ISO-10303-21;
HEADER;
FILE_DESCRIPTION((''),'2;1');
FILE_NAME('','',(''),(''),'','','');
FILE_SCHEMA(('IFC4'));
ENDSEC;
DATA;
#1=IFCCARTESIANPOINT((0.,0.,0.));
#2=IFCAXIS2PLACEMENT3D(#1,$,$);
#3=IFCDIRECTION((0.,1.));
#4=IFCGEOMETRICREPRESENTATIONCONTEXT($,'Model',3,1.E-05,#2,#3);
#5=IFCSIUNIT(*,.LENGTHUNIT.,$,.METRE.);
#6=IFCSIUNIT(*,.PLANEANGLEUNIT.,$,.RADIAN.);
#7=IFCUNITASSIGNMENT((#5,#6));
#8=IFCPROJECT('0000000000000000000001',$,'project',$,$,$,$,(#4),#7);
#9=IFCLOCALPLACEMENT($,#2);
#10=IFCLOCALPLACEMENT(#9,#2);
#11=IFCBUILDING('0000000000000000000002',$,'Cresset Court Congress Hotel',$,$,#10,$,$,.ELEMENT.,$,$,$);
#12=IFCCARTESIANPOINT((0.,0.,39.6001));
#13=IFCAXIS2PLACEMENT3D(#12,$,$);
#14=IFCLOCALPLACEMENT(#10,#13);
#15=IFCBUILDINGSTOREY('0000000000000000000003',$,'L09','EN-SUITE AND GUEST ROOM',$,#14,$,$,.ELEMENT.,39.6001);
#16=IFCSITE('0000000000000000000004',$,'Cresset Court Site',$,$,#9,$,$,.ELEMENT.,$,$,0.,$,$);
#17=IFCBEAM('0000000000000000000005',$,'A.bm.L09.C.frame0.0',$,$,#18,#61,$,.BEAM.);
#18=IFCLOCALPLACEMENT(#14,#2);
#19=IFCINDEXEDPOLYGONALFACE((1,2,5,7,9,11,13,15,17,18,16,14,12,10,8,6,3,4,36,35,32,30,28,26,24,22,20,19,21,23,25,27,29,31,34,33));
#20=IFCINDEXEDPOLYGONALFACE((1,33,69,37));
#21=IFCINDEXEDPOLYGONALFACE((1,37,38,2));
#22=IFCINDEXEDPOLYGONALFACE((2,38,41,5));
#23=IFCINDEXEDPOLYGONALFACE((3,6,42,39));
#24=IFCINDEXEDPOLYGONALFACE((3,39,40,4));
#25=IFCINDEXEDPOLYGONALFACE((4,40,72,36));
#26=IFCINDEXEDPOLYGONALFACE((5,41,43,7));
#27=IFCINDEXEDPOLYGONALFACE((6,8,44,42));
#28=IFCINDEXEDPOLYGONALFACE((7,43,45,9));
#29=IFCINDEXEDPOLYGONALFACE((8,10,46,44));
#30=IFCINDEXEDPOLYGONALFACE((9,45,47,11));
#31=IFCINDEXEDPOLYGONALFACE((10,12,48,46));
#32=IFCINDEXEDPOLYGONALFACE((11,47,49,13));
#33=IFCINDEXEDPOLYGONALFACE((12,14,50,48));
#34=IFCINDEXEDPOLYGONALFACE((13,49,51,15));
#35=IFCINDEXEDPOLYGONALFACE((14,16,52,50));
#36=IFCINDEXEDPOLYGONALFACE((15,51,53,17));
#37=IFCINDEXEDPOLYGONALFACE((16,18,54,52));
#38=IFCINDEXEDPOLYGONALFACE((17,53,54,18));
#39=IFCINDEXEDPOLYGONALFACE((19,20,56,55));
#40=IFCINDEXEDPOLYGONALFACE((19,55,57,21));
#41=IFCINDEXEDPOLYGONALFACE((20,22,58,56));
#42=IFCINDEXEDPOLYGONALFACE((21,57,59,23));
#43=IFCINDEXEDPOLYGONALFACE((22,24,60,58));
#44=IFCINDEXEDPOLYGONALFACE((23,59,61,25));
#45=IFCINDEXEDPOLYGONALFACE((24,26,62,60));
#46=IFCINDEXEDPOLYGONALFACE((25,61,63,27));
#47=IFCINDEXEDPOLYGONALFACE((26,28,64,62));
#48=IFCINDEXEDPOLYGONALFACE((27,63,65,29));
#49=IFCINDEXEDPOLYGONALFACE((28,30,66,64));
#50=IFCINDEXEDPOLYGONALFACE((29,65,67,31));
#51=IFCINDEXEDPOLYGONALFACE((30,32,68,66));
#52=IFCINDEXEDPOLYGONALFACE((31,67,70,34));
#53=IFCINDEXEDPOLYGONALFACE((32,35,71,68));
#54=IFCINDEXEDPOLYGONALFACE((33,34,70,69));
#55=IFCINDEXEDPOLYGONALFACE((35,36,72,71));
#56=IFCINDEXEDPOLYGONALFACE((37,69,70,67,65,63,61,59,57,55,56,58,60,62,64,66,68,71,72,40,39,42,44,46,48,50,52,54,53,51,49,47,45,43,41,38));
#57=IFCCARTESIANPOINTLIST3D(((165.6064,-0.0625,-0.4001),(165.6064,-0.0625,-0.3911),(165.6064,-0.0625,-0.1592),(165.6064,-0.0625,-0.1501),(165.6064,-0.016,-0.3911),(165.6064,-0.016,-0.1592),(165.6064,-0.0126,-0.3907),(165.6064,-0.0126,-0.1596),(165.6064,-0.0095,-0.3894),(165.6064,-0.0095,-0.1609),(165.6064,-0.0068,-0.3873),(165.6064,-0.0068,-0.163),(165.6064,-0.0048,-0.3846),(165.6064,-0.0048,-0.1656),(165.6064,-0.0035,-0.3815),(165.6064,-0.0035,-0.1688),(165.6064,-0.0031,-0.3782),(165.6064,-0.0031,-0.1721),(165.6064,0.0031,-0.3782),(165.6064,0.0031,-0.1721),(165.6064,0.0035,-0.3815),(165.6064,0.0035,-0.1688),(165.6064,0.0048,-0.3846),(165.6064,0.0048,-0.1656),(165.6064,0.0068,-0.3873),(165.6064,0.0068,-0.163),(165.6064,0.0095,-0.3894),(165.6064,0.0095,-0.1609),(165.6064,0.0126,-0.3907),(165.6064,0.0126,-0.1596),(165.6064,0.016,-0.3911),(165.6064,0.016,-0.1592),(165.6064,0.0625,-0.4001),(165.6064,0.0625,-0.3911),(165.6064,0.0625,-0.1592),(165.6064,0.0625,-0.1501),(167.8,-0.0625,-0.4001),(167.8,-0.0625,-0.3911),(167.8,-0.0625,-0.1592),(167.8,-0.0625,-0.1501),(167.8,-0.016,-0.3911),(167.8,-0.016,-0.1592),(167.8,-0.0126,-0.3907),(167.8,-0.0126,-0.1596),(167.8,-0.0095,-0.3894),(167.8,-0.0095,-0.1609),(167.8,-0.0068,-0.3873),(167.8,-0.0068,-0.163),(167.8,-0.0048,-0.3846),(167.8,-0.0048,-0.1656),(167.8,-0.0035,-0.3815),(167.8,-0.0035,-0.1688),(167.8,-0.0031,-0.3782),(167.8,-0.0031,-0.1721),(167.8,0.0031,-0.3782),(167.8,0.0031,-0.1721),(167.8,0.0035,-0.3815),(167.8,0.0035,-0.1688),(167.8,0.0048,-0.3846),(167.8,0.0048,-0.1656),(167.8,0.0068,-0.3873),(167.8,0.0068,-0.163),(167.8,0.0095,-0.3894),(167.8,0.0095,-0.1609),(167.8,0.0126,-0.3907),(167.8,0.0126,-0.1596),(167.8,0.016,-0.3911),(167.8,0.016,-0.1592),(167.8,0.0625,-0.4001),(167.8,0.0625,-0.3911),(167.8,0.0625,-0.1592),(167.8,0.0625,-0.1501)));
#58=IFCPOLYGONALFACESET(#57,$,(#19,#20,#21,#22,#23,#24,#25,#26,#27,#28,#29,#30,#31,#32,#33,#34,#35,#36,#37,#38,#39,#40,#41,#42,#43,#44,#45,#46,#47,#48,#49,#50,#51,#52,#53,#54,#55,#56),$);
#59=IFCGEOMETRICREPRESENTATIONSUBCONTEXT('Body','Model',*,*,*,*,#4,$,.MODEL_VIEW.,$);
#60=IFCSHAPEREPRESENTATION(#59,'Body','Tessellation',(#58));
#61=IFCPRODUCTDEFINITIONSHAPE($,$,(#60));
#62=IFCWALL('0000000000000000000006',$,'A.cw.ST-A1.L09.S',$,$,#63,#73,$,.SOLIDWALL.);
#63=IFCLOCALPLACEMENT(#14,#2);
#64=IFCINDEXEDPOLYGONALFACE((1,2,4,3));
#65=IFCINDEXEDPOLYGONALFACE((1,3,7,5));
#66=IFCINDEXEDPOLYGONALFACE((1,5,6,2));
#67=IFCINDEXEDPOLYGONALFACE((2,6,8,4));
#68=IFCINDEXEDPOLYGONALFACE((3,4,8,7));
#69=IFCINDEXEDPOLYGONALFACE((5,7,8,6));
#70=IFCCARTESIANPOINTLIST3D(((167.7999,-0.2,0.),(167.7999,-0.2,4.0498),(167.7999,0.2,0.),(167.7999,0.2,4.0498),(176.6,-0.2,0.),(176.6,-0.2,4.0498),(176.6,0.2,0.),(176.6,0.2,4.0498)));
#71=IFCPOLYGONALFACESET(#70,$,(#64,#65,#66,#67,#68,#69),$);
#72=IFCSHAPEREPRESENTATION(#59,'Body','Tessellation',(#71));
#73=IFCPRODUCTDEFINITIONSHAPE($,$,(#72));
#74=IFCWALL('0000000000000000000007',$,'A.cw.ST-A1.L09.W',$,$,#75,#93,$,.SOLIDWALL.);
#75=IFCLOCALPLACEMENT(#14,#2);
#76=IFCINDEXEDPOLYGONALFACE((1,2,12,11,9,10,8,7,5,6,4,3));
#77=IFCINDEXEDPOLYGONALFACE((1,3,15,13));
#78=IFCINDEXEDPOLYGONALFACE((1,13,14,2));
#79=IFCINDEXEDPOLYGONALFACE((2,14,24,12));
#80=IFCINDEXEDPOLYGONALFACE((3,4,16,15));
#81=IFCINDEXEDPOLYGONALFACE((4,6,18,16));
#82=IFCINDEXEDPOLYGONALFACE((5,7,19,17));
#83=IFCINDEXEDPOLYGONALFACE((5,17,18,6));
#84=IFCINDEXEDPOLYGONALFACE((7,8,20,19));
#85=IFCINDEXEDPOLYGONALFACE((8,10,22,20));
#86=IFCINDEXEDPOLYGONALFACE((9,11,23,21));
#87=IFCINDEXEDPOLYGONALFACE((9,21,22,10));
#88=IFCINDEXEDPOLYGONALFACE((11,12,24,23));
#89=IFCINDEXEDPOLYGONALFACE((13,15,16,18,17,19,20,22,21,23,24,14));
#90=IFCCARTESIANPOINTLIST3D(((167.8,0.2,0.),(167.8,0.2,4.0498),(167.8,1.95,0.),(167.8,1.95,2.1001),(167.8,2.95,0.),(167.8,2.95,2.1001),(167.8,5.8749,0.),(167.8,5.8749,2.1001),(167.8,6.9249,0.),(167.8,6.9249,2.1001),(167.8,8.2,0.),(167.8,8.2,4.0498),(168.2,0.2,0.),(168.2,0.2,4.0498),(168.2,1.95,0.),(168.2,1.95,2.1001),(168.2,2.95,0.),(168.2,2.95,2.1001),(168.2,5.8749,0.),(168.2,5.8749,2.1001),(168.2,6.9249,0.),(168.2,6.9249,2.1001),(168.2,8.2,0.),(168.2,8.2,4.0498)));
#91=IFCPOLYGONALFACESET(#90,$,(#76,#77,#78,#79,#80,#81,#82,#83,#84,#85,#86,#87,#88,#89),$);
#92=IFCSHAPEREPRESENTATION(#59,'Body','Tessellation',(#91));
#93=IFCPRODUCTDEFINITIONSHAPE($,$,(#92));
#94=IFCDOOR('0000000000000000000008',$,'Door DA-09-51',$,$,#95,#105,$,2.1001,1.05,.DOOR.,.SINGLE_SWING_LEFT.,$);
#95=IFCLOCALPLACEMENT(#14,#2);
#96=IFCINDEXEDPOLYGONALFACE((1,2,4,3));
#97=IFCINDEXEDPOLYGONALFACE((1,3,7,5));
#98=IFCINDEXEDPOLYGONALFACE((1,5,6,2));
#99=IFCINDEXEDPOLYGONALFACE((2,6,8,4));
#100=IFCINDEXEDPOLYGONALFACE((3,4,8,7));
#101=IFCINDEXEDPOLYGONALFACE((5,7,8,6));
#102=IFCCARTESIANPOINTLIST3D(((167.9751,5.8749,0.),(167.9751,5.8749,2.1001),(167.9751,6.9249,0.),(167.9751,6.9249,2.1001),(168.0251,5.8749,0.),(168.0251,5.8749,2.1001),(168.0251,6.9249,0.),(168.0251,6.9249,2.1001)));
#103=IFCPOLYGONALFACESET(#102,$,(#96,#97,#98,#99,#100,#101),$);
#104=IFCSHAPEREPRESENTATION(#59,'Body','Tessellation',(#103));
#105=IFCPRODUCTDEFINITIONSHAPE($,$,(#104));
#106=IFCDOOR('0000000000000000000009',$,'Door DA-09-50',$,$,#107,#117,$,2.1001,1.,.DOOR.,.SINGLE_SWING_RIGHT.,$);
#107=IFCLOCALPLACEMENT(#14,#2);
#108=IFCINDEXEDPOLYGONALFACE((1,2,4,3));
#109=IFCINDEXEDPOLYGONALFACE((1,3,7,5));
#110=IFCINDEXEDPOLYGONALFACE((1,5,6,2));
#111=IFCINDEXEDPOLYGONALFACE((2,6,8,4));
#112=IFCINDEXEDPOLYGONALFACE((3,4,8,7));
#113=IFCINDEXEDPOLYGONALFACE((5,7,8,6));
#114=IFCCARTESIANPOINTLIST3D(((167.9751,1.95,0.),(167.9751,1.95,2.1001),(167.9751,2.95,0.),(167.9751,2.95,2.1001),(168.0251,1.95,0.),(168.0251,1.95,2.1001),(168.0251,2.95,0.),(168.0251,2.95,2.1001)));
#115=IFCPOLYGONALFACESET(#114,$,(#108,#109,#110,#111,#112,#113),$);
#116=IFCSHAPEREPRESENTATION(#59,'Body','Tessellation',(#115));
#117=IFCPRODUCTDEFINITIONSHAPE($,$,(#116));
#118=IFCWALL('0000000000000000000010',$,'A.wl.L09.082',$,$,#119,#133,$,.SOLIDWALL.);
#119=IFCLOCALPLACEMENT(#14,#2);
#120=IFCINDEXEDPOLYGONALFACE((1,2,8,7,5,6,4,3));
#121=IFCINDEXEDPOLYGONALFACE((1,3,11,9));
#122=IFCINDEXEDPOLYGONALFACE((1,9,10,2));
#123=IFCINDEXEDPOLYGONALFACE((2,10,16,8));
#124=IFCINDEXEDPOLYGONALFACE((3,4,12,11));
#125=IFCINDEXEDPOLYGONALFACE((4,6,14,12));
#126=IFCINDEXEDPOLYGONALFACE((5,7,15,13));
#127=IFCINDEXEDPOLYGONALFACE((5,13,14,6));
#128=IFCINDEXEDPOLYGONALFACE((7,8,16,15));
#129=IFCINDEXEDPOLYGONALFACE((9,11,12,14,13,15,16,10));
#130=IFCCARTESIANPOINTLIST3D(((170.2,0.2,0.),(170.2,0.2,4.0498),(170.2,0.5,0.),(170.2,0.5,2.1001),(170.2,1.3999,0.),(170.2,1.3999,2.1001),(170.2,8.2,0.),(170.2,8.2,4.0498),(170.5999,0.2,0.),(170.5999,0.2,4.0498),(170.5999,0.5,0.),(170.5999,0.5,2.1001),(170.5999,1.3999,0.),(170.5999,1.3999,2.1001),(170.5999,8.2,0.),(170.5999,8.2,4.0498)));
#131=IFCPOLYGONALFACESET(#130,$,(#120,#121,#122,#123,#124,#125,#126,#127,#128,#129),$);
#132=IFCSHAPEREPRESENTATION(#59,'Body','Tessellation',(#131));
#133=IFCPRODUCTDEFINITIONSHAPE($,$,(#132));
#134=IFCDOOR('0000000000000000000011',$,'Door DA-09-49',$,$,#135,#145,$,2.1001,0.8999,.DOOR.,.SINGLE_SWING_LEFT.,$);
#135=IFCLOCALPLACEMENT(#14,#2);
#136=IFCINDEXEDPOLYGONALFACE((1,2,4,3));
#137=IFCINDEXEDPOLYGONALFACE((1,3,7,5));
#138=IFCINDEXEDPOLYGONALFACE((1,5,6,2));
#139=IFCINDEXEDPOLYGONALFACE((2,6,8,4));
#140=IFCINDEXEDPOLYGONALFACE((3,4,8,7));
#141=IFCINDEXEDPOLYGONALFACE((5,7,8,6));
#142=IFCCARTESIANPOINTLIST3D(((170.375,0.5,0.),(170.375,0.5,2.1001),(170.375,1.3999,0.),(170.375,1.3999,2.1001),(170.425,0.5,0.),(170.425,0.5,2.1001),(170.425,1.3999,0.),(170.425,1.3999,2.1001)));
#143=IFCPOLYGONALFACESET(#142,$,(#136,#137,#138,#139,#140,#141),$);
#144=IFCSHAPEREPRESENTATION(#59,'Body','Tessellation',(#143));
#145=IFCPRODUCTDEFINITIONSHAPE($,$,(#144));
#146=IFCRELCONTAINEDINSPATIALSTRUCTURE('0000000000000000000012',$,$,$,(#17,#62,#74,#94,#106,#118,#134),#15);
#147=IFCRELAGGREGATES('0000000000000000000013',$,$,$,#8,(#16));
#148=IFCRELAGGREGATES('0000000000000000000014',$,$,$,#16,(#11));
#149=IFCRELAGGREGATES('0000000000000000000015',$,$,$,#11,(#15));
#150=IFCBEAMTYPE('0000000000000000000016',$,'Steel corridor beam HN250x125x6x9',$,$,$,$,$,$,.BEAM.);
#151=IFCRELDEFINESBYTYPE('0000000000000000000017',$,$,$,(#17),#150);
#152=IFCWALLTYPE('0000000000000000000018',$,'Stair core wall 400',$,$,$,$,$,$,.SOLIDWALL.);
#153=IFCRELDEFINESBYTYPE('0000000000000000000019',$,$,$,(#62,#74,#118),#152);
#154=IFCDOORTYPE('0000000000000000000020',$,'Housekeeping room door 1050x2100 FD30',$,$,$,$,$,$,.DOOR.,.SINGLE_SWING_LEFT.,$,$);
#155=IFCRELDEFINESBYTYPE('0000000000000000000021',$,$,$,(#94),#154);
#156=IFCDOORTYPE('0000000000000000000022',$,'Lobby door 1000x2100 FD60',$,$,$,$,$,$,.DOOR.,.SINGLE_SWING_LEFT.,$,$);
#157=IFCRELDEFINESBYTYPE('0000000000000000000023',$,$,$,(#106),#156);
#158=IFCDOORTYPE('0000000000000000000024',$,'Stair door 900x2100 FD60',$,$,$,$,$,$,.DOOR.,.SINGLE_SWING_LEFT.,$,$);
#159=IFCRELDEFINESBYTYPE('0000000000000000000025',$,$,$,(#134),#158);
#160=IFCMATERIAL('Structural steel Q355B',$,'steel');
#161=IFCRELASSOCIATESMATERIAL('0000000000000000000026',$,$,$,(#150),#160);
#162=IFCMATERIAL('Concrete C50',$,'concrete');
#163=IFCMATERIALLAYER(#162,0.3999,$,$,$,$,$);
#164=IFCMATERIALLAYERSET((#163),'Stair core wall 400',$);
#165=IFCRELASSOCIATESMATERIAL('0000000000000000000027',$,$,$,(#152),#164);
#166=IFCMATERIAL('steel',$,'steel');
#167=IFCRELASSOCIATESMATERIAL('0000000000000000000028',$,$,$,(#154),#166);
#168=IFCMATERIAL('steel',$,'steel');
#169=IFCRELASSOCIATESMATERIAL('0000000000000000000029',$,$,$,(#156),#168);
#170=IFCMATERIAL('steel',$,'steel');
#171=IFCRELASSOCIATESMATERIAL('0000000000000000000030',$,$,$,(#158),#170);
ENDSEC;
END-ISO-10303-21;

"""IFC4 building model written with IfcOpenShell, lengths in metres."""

from ifc_helpers import new_model, si_unit, direction, frame, frame_2d, origin, origin_2d, place, context, subcontext, project, spatial, rectangle, i_section, extrude, material, layer, layer_set, material_profile, profile_set, type_object, element, fill, save


model = new_model("IFC4")

# Units and contexts
model_context = context("Model", 3, precision=1e-05, world=origin(), true_north=direction((0.0, 1.0)))
body_context = subcontext(model_context, "Body", "Model", "MODEL_VIEW")
ifc_project = project(units=[si_unit("LENGTHUNIT", "METRE"), si_unit("PLANEANGLEUNIT", "RADIAN")], contexts=[model_context])

# Site, building, storey
site_placement = place(None, origin())
site = spatial("IfcSite", under=ifc_project, at=site_placement, Name="Cresset Court Site", CompositionType="ELEMENT", RefElevation=0.0)
building_placement = place(site_placement, origin())
building = spatial("IfcBuilding", under=site, at=building_placement, Name="Cresset Court Congress Hotel", CompositionType="ELEMENT")
storey_placement = place(building_placement, frame((0.0, 0.0, 39.6001)))
storey = spatial("IfcBuildingStorey", under=building, at=storey_placement, Name="L09", Description="EN-SUITE AND GUEST ROOM", CompositionType="ELEMENT", Elevation=39.6001)

# Beam
ifc_material_1 = material(Name="Structural steel Q355B", Category="steel")
ifc_material_profile = material_profile(ifc_material_1, i_section(OverallWidth=0.125, OverallDepth=0.25, WebThickness=0.0061, FlangeThickness=0.009, FilletRadius=0.0129, at=origin_2d()), Name="HN250x125x6x9")
ifc_profile_set = profile_set([ifc_material_profile], Name="Structural steel Q355B")
beam_type = type_object("IfcBeamType", Name="Steel corridor beam HN250x125x6x9", PredefinedType="BEAM", material=ifc_profile_set)
beam_placement = place(storey_placement, frame((165.6064, 0.0, -0.2751), z_axis=(1.0, 0.0, 0.0), x_axis=(0.0, 1.0, 0.0)))
element("IfcBeam", 1, at=beam_placement, inside=storey, type_object=beam_type, Name="A.bm.L09.C.frame0.0", PredefinedType="BEAM", context=body_context, shape_type="SweptSolid", body=[
    extrude(i_section(OverallWidth=0.125, OverallDepth=0.25, WebThickness=0.0061, FlangeThickness=0.009, FilletRadius=0.0129, at=origin_2d()), origin(), (0.0, 0.0, 1.0), 2.1936),
])

# Wall
ifc_material_2 = material(Name="Concrete C50", Category="concrete")
ifc_layer = layer(ifc_material_2, 0.3999)
ifc_layer_set = layer_set([ifc_layer], Name="Stair core wall 400")
wall_type = type_object("IfcWallType", Name="Stair core wall 400", PredefinedType="SOLIDWALL", material=ifc_layer_set)
wall_1_placement = place(storey_placement, frame((167.8, 0.0, 0.0), z_axis=(0.0, 0.0, 1.0), x_axis=(1.0, 0.0, 0.0)))
element("IfcWall", 2, at=wall_1_placement, inside=storey, type_object=wall_type, Name="A.cw.ST-A1.L09.S", PredefinedType="SOLIDWALL", context=body_context, shape_type="SweptSolid", body=[
    extrude(rectangle(XDim=8.8, YDim=0.3999, at=frame_2d((4.3999, 0.0))), origin(), (0.0, 0.0, 1.0), 4.0498),
])

# Wall, openings, doors
wall_2_placement = place(storey_placement, frame((168.0, 0.2, 0.0), z_axis=(0.0, 0.0, 1.0), x_axis=(0.0, 1.0, 0.0)))
wall_2 = element("IfcWall", 3, at=wall_2_placement, inside=storey, type_object=wall_type, Name="A.cw.ST-A1.L09.W", PredefinedType="SOLIDWALL", context=body_context, shape_type="SweptSolid", body=[
    extrude(rectangle(XDim=8.0, YDim=0.3999, at=frame_2d((4.0, 0.0))), origin(), (0.0, 0.0, 1.0), 4.0498),
])
opening_1_placement = place(wall_2_placement, frame((1.75, 0.0, 0.0)))
opening_1 = element("IfcOpeningElement", 4, at=opening_1_placement, cuts=wall_2, PredefinedType="OPENING", context=body_context, shape_type="SweptSolid", body=[
    extrude(rectangle(XDim=1.0, YDim=2.1001, at=frame_2d((0.5, 1.05))), frame((0.0, 0.21, 0.0), z_axis=(0.0, -1.0, 0.0), x_axis=(1.0, 0.0, 0.0)), (0.0, 0.0, 1.0), 0.4199),
])
opening_2_placement = place(wall_2_placement, frame((5.675, 0.0, 0.0)))
opening_2 = element("IfcOpeningElement", 5, at=opening_2_placement, cuts=wall_2, PredefinedType="OPENING", context=body_context, shape_type="SweptSolid", body=[
    extrude(rectangle(XDim=1.05, YDim=2.1001, at=frame_2d((0.5249, 1.05))), frame((0.0, 0.21, 0.0), z_axis=(0.0, -1.0, 0.0), x_axis=(1.0, 0.0, 0.0)), (0.0, 0.0, 1.0), 0.4199),
])
ifc_material_3 = material(Name="steel", Category="steel")
door_type_1 = type_object("IfcDoorType", Name="Housekeeping room door 1050x2100 FD30", OperationType="SINGLE_SWING_LEFT", PredefinedType="DOOR", material=ifc_material_3)
door_1_placement = place(opening_2_placement, origin())
door_1 = element("IfcDoor", 6, at=door_1_placement, inside=storey, type_object=door_type_1, Name="Door DA-09-51", OperationType="SINGLE_SWING_LEFT", OverallHeight=2.1001, OverallWidth=1.05, PredefinedType="DOOR", context=body_context, shape_type="SweptSolid", body=[
    extrude(rectangle(XDim=1.05, YDim=2.1001, at=frame_2d((0.5249, 1.05))), frame((0.0, 0.0249, 0.0), z_axis=(0.0, -1.0, 0.0), x_axis=(1.0, 0.0, 0.0)), (0.0, 0.0, 1.0), 0.05),
])
fill(opening_2, door_1)
ifc_material_4 = material(Name="steel", Category="steel")
door_type_2 = type_object("IfcDoorType", Name="Lobby door 1000x2100 FD60", OperationType="SINGLE_SWING_LEFT", PredefinedType="DOOR", material=ifc_material_4)
door_2_placement = place(opening_1_placement, origin())
door_2 = element("IfcDoor", 7, at=door_2_placement, inside=storey, type_object=door_type_2, Name="Door DA-09-50", OperationType="SINGLE_SWING_RIGHT", OverallHeight=2.1001, OverallWidth=1.0, PredefinedType="DOOR", context=body_context, shape_type="SweptSolid", body=[
    extrude(rectangle(XDim=1.0, YDim=2.1001, at=frame_2d((0.5, 1.05))), frame((0.0, 0.0249, 0.0), z_axis=(0.0, -1.0, 0.0), x_axis=(1.0, 0.0, 0.0)), (0.0, 0.0, 1.0), 0.05),
])
fill(opening_1, door_2)

# Wall, opening, door
wall_3_placement = place(storey_placement, frame((170.3999, 0.2, 0.0), z_axis=(0.0, 0.0, 1.0), x_axis=(0.0, 1.0, 0.0)))
wall_3 = element("IfcWall", 8, at=wall_3_placement, inside=storey, type_object=wall_type, Name="A.wl.L09.082", PredefinedType="SOLIDWALL", context=body_context, shape_type="SweptSolid", body=[
    extrude(rectangle(XDim=8.0, YDim=0.3999, at=frame_2d((4.0, 0.0))), origin(), (0.0, 0.0, 1.0), 4.0498),
])
opening_3_placement = place(wall_3_placement, frame((0.3, 0.0, 0.0)))
opening_3 = element("IfcOpeningElement", 9, at=opening_3_placement, cuts=wall_3, PredefinedType="OPENING", context=body_context, shape_type="SweptSolid", body=[
    extrude(rectangle(XDim=0.8999, YDim=2.1001, at=frame_2d((0.45, 1.05))), frame((0.0, 0.21, 0.0), z_axis=(0.0, -1.0, 0.0), x_axis=(1.0, 0.0, 0.0)), (0.0, 0.0, 1.0), 0.4199),
])
ifc_material_5 = material(Name="steel", Category="steel")
door_type_3 = type_object("IfcDoorType", Name="Stair door 900x2100 FD60", OperationType="SINGLE_SWING_LEFT", PredefinedType="DOOR", material=ifc_material_5)
door_3_placement = place(opening_3_placement, origin())
door_3 = element("IfcDoor", 10, at=door_3_placement, inside=storey, type_object=door_type_3, Name="Door DA-09-49", OperationType="SINGLE_SWING_LEFT", OverallHeight=2.1001, OverallWidth=0.8999, PredefinedType="DOOR", context=body_context, shape_type="SweptSolid", body=[
    extrude(rectangle(XDim=0.8999, YDim=2.1001, at=frame_2d((0.45, 1.05))), frame((0.0, 0.0249, 0.0), z_axis=(0.0, -1.0, 0.0), x_axis=(1.0, 0.0, 0.0)), (0.0, 0.0, 1.0), 0.05),
])
fill(opening_3, door_3)

save(model, "model.ifc")
